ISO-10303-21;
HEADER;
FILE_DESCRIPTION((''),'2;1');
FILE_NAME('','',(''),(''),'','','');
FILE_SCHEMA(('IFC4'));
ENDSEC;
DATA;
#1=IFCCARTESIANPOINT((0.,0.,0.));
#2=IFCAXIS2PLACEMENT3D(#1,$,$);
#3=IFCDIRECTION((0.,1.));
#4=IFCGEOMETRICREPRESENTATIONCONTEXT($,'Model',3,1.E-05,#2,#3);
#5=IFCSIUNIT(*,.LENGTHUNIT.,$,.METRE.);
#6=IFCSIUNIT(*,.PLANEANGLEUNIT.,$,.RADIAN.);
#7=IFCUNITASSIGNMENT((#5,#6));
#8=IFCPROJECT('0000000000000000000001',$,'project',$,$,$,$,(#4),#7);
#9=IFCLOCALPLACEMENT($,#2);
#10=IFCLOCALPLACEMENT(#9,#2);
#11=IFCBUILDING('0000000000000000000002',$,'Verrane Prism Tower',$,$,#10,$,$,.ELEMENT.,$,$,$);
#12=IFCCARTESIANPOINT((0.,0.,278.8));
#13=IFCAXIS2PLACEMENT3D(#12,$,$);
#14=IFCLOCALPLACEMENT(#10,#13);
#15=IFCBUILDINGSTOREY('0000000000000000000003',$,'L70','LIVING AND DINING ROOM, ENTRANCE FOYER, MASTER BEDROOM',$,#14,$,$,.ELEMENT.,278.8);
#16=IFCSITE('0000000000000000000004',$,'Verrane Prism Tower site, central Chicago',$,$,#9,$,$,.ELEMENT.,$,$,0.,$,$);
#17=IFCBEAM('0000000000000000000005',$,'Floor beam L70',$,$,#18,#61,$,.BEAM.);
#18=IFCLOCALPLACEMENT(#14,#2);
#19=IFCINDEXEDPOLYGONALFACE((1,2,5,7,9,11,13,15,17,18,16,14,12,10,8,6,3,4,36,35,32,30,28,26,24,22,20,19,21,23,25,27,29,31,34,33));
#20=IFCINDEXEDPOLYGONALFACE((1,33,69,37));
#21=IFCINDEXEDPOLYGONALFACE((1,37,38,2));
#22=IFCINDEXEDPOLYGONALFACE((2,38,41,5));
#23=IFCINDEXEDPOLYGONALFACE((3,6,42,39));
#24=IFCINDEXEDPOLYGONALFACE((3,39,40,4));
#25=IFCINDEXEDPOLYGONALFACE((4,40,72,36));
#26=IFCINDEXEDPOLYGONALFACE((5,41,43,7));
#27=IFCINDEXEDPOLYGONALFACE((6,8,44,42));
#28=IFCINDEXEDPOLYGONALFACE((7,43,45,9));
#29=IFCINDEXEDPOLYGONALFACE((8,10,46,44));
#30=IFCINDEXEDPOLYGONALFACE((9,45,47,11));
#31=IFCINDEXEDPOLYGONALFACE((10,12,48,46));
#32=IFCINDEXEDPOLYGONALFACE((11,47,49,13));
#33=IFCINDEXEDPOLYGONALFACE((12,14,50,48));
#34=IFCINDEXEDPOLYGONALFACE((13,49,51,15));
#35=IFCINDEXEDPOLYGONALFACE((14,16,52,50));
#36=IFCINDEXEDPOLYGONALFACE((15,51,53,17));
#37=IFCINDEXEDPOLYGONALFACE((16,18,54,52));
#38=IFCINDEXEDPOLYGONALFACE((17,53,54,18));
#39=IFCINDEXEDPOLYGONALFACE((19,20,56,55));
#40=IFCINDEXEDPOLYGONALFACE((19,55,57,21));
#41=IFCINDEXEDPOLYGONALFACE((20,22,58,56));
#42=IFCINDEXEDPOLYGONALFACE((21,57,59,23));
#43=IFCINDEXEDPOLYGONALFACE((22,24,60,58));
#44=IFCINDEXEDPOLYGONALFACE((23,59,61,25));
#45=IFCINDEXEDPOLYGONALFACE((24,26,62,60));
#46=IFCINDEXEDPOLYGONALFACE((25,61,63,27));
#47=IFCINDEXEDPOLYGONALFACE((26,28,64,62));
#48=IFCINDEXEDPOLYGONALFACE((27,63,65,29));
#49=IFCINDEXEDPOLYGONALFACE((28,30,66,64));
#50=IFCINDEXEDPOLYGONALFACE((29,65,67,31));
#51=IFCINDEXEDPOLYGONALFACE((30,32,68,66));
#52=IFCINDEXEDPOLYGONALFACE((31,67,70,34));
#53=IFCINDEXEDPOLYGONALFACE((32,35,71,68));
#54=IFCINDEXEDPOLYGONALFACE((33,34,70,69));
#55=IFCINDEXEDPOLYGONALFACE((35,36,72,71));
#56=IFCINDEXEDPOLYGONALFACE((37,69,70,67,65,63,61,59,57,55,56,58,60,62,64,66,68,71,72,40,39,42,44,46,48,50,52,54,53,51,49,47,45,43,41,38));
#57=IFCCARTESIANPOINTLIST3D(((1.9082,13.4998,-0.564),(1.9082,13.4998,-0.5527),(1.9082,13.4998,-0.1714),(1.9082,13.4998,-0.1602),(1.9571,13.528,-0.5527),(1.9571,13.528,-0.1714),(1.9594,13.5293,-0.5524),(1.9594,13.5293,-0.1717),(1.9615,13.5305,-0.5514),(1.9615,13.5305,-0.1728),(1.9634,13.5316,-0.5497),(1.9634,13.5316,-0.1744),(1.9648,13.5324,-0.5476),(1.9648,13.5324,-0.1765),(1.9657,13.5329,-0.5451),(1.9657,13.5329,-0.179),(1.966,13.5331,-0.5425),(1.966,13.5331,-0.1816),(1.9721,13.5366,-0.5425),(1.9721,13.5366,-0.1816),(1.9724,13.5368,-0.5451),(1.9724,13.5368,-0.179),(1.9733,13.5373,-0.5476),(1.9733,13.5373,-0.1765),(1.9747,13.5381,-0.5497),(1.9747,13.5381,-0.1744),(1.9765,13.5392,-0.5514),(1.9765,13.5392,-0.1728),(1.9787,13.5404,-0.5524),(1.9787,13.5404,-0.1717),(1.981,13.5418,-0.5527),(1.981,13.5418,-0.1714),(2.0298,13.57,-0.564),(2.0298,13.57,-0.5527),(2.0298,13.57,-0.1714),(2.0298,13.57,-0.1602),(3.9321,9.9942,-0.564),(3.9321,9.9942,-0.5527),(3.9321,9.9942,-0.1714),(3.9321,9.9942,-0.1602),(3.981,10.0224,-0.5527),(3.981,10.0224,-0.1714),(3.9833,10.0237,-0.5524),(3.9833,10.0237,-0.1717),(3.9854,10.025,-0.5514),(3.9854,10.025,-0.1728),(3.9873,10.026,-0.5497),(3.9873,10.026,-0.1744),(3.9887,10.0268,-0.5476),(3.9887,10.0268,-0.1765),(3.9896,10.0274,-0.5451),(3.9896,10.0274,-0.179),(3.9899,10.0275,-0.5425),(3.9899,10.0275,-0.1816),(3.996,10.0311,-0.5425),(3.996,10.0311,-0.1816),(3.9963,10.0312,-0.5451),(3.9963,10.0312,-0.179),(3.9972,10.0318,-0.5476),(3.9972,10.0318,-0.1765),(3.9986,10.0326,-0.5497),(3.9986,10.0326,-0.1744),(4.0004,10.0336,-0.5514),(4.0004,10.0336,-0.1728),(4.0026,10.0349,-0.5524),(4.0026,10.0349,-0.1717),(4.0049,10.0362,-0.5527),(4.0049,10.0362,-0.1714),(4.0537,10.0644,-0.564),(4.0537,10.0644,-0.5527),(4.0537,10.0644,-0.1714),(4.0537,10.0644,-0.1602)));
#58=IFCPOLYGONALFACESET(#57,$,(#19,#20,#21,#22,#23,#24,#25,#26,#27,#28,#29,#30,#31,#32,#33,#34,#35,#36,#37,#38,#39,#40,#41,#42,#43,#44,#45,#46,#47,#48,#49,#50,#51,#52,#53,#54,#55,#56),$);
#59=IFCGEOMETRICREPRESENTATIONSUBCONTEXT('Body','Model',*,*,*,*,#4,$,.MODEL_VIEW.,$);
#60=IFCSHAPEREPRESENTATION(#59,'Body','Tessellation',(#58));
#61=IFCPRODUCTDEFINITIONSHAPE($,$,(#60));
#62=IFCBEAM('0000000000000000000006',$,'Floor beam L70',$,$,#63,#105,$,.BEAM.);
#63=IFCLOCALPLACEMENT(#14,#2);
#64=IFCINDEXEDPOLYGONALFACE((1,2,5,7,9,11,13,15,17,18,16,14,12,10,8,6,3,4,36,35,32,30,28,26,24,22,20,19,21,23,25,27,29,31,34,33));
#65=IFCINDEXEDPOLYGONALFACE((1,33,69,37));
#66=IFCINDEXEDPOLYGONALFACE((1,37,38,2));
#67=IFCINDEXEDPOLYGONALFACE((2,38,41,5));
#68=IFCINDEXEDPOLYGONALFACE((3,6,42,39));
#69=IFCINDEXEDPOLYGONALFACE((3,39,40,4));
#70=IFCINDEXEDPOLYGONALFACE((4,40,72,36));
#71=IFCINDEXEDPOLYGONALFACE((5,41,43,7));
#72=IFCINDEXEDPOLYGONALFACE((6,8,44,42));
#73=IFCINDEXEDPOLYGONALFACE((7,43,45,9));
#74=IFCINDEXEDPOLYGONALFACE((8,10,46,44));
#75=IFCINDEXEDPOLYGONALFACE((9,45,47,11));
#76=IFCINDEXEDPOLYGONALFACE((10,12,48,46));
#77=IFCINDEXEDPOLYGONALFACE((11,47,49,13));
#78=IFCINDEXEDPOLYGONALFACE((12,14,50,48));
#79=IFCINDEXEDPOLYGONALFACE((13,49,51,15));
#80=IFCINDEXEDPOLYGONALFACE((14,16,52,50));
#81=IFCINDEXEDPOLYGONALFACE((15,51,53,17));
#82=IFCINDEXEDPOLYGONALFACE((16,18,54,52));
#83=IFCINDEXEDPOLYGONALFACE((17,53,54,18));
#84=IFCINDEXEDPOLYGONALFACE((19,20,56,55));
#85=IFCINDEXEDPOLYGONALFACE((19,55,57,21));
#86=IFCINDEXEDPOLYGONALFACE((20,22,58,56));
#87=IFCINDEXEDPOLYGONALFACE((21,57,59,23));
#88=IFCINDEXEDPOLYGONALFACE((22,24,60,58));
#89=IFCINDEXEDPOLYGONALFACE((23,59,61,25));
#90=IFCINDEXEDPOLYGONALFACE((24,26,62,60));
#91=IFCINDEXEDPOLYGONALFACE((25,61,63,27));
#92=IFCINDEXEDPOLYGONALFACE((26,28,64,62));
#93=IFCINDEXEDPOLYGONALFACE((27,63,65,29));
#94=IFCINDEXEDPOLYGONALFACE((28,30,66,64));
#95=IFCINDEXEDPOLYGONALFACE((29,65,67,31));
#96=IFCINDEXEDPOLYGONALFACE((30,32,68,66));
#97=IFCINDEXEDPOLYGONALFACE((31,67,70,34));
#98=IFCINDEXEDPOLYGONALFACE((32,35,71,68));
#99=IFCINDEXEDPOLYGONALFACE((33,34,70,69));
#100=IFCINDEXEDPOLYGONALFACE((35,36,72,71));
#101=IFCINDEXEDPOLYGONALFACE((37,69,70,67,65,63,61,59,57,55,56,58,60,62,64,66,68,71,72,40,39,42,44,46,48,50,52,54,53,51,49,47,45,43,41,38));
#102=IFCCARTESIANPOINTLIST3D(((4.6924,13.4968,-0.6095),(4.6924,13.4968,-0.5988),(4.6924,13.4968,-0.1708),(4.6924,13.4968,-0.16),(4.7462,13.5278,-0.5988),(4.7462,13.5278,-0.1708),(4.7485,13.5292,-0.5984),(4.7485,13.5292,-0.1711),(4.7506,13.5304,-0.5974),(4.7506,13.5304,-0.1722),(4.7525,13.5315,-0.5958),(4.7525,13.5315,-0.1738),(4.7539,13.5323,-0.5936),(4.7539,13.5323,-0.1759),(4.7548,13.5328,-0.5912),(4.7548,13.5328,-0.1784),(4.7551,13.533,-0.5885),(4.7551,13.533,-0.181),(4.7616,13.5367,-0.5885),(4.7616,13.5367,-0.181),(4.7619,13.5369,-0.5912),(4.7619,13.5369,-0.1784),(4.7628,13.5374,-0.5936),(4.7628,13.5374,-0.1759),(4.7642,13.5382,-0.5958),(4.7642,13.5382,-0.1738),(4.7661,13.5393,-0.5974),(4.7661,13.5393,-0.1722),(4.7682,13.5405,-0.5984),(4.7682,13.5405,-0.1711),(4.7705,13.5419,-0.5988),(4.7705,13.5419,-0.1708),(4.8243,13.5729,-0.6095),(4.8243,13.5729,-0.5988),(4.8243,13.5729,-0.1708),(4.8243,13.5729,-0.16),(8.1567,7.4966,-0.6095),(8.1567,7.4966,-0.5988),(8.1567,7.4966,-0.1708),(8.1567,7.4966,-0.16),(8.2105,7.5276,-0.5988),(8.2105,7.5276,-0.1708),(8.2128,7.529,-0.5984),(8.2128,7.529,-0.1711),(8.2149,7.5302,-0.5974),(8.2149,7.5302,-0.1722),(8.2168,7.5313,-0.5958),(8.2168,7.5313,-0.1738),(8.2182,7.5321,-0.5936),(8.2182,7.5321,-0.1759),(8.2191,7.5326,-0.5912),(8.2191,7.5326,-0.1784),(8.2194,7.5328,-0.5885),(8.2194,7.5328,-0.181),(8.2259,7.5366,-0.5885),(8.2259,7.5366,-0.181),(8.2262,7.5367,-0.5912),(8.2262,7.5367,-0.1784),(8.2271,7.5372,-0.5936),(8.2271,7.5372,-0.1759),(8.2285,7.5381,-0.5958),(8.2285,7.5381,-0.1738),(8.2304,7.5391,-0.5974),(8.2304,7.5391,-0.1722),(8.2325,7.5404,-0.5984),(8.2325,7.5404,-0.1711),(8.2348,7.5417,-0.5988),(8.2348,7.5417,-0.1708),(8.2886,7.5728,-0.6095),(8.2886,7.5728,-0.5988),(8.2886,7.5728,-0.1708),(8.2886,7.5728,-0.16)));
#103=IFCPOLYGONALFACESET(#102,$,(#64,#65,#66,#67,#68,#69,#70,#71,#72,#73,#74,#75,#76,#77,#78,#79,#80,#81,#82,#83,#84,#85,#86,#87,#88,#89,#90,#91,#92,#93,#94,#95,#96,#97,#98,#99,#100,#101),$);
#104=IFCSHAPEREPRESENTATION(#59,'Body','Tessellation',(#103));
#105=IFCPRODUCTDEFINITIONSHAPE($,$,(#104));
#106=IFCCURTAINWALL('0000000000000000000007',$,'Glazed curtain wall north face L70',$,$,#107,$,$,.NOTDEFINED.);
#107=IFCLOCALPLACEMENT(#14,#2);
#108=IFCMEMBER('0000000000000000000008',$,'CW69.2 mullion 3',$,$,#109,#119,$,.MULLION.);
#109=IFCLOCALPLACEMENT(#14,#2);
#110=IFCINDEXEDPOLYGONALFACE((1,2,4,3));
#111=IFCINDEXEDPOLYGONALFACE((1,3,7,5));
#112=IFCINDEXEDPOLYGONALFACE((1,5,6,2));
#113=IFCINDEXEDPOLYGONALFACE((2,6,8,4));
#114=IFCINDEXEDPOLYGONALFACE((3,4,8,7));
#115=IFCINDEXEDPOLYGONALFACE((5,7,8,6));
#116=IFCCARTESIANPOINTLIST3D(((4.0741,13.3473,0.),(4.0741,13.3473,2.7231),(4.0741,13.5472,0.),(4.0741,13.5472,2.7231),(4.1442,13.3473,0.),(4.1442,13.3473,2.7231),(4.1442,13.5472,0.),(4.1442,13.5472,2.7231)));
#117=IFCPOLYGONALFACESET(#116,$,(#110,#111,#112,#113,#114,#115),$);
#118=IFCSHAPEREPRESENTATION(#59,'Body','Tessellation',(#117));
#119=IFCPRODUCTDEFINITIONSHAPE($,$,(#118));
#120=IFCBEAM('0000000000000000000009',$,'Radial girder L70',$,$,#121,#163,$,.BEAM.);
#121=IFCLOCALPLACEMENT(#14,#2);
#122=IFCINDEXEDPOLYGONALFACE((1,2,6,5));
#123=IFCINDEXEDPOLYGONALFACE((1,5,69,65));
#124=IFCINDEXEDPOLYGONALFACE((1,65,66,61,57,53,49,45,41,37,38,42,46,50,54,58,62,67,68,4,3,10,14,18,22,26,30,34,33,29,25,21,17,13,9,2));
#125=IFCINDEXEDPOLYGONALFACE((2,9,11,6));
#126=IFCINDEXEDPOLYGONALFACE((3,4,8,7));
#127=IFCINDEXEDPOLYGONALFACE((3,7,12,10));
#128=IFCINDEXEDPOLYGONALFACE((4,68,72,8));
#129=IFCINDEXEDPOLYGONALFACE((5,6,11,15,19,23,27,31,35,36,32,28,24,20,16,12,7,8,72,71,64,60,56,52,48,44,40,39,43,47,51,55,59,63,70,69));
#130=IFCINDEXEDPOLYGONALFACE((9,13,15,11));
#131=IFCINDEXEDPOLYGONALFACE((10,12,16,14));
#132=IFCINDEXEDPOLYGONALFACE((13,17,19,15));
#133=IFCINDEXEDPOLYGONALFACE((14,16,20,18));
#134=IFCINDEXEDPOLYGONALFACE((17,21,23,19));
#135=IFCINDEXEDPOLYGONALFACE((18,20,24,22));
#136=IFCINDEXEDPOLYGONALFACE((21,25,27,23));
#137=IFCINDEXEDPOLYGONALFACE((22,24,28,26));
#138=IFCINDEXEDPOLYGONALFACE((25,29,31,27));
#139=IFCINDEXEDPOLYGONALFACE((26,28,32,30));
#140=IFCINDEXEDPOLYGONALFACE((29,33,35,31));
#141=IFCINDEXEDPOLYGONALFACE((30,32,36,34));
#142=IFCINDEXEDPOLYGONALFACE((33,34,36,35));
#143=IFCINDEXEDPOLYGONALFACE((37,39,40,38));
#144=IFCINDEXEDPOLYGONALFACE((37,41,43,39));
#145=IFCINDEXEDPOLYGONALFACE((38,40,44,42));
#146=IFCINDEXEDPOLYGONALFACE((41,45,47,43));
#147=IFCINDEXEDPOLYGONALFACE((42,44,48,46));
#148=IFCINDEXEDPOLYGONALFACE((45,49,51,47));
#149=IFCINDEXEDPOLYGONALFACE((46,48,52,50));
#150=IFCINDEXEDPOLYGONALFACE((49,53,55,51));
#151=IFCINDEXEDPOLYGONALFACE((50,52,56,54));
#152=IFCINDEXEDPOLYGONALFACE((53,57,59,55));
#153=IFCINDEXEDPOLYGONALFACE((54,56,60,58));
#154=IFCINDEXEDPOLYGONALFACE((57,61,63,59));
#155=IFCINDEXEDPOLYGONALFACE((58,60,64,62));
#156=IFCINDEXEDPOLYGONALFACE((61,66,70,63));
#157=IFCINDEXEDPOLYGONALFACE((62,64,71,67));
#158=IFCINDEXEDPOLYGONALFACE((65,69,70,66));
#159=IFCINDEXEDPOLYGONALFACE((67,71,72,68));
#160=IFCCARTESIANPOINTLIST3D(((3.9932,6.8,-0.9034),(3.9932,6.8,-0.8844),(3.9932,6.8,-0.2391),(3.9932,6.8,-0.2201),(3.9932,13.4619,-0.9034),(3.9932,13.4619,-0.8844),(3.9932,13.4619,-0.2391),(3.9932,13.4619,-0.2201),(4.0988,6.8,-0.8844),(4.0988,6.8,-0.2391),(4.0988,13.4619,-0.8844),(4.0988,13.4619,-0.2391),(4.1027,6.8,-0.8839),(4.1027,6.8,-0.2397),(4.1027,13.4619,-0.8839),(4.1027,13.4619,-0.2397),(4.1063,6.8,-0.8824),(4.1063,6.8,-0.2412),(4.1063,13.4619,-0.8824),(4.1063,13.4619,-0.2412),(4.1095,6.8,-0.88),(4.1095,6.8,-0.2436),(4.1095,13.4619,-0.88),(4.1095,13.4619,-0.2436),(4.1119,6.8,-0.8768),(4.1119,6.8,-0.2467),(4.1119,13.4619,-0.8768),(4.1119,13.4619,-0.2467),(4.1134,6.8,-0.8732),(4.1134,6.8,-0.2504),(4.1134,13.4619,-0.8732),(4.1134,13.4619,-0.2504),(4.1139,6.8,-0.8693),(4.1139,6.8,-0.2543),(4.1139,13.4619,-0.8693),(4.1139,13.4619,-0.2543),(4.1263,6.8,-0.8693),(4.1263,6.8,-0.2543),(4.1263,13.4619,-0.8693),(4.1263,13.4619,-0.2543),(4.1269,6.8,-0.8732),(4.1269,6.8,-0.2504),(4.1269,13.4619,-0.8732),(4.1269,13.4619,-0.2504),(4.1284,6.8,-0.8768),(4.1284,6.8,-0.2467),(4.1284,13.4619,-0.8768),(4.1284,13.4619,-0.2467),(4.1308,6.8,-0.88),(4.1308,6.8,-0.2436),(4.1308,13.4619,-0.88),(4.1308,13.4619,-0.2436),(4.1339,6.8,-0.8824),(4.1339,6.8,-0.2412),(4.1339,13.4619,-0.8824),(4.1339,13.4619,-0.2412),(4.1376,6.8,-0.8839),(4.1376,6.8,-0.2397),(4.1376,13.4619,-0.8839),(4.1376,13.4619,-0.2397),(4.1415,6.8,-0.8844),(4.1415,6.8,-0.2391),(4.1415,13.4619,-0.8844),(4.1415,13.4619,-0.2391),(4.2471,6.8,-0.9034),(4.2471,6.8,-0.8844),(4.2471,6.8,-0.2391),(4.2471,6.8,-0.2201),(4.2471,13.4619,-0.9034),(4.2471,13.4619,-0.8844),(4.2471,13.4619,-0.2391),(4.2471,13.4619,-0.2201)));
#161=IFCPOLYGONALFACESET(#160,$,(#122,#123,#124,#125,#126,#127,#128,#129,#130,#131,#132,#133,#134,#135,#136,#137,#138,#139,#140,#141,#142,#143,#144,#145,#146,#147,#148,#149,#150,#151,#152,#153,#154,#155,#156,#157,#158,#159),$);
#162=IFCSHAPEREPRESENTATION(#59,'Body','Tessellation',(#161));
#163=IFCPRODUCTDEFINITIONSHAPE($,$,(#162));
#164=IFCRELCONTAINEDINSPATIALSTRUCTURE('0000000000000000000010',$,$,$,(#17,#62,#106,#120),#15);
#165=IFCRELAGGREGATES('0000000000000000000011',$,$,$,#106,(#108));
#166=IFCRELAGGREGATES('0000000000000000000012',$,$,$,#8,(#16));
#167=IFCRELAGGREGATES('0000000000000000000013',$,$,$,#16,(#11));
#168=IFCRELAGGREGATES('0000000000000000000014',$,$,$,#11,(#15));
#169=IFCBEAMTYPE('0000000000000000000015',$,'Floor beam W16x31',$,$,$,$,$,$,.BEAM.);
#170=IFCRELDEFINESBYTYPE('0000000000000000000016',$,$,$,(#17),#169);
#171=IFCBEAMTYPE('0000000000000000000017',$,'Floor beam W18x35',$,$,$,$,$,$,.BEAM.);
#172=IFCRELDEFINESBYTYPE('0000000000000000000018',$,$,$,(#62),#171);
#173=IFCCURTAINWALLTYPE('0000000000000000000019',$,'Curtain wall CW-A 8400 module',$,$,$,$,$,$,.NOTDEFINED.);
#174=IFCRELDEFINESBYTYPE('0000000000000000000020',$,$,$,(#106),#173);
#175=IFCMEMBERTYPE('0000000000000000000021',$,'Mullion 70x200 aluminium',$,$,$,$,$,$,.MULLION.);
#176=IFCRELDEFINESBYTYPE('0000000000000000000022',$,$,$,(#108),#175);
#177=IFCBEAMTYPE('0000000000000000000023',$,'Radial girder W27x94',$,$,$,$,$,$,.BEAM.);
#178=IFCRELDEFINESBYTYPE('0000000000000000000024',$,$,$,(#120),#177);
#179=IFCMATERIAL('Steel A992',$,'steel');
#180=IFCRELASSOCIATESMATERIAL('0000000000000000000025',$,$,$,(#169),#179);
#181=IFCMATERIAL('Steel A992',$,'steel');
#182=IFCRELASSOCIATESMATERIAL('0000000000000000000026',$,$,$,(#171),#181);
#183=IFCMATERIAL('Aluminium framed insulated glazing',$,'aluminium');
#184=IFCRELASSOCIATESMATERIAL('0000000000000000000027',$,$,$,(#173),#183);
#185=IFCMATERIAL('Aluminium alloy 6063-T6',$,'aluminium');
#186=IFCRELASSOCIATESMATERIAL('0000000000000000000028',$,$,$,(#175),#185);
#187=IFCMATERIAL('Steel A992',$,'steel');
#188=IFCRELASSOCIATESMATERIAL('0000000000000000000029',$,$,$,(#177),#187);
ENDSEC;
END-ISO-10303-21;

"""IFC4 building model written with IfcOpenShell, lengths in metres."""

from ifc_helpers import new_model, si_unit, direction, frame, origin, origin_2d, place, context, subcontext, project, spatial, rectangle, i_section, extrude, material, material_profile, profile_set, type_object, element, aggregate, save


model = new_model("IFC4")

# Units and contexts
model_context = context("Model", 3, precision=1e-05, world=origin(), true_north=direction((0.0, 1.0)))
body_context = subcontext(model_context, "Body", "Model", "MODEL_VIEW")
ifc_project = project(units=[si_unit("LENGTHUNIT", "METRE"), si_unit("PLANEANGLEUNIT", "RADIAN")], contexts=[model_context])

# Site, building, storey
site_placement = place(None, origin())
site = spatial("IfcSite", under=ifc_project, at=site_placement, Name="Verrane Prism Tower site, central Chicago", CompositionType="ELEMENT", RefElevation=0.0)
building_placement = place(site_placement, origin())
building = spatial("IfcBuilding", under=site, at=building_placement, Name="Verrane Prism Tower", CompositionType="ELEMENT")
storey_placement = place(building_placement, frame((0.0, 0.0, 278.8)))
storey = spatial("IfcBuildingStorey", under=building, at=storey_placement, Name="L70", Description="LIVING AND DINING ROOM, ENTRANCE FOYER, MASTER BEDROOM", CompositionType="ELEMENT", Elevation=278.8)

# Beams
ifc_material_1 = material(Name="Steel A992", Category="steel")
ifc_material_profile_1 = material_profile(ifc_material_1, i_section(OverallWidth=0.1404, OverallDepth=0.4038, WebThickness=0.0071, FlangeThickness=0.0112, FilletRadius=0.0103, at=origin_2d()), Name="W16x31")
ifc_profile_set_1 = profile_set([ifc_material_profile_1], Name="Steel A992")
beam_type_1 = type_object("IfcBeamType", Name="Floor beam W16x31", PredefinedType="BEAM", material=ifc_profile_set_1)
beam_1_placement = place(storey_placement, frame((3.9929, 10.0293, -0.3621), z_axis=(-0.499992, 0.86603, 0.0), x_axis=(-0.86603, -0.499992, 0.0)))
element("IfcBeam", 1, at=beam_1_placement, inside=storey, type_object=beam_type_1, Name="Floor beam L70", PredefinedType="BEAM", context=body_context, shape_type="SweptSolid", body=[
    extrude(i_section(OverallWidth=0.1404, OverallDepth=0.4038, WebThickness=0.0071, FlangeThickness=0.0112, FilletRadius=0.0103, at=origin_2d()), origin(), (0.0, 0.0, 1.0), 4.0479),
])
ifc_material_2 = material(Name="Steel A992", Category="steel")
ifc_material_profile_2 = material_profile(ifc_material_2, i_section(OverallWidth=0.1523, OverallDepth=0.4495, WebThickness=0.0076, FlangeThickness=0.0107, FilletRadius=0.0103, at=origin_2d()), Name="W18x35")
ifc_profile_set_2 = profile_set([ifc_material_profile_2], Name="Steel A992")
beam_type_2 = type_object("IfcBeamType", Name="Floor beam W18x35", PredefinedType="BEAM", material=ifc_profile_set_2)
beam_2_placement = place(storey_placement, frame((8.2227, 7.5347, -0.3848), z_axis=(-0.500012, 0.866018, 0.0), x_axis=(-0.866018, -0.500012, 0.0)))
element("IfcBeam", 2, at=beam_2_placement, inside=storey, type_object=beam_type_2, Name="Floor beam L70", PredefinedType="BEAM", context=body_context, shape_type="SweptSolid", body=[
    extrude(i_section(OverallWidth=0.1523, OverallDepth=0.4495, WebThickness=0.0076, FlangeThickness=0.0107, FilletRadius=0.0103, at=origin_2d()), origin(), (0.0, 0.0, 1.0), 6.9285),
])

# Curtain wall, member
ifc_material_3 = material(Name="Aluminium framed insulated glazing", Category="aluminium")
curtain_wall_type = type_object("IfcCurtainWallType", Name="Curtain wall CW-A 8400 module", PredefinedType="NOTDEFINED", material=ifc_material_3)
curtain_wall_placement = place(storey_placement, origin())
curtain_wall = element("IfcCurtainWall", 3, at=curtain_wall_placement, inside=storey, type_object=curtain_wall_type, Name="Glazed curtain wall north face L70", PredefinedType="NOTDEFINED")
ifc_material_4 = material(Name="Aluminium alloy 6063-T6", Category="aluminium")
ifc_material_profile_3 = material_profile(ifc_material_4, rectangle(XDim=0.2, YDim=0.0701, at=origin_2d()), Name="Mullion 70x200 aluminium")
ifc_profile_set_3 = profile_set([ifc_material_profile_3], Name="Aluminium alloy 6063-T6")
member_type_1 = type_object("IfcMemberType", Name="Mullion 70x200 aluminium", PredefinedType="MULLION", material=ifc_profile_set_3)
member_1_placement = place(storey_placement, frame((4.1091, 13.4473, 0.0), z_axis=(0.0, 0.0, 1.0), x_axis=(0.0, -1.0, 0.0)))
member_1 = element("IfcMember", 4, at=member_1_placement, type_object=member_type_1, Name="CW69.2 mullion 3", PredefinedType="MULLION", context=body_context, shape_type="SweptSolid", body=[
    extrude(rectangle(XDim=0.2, YDim=0.0701, at=origin_2d()), origin(), (0.0, 0.0, 1.0), 2.7231),
])

# Beam
ifc_material_5 = material(Name="Steel A992", Category="steel")
ifc_material_profile_4 = material_profile(ifc_material_5, i_section(OverallWidth=0.2539, OverallDepth=0.6833, WebThickness=0.0125, FlangeThickness=0.019, FilletRadius=0.0151, at=origin_2d()), Name="W27x94")
ifc_profile_set_4 = profile_set([ifc_material_profile_4], Name="Steel A992")
beam_type_3 = type_object("IfcBeamType", Name="Radial girder W27x94", PredefinedType="BEAM", material=ifc_profile_set_4)
beam_3_placement = place(storey_placement, frame((4.1201, 13.4619, -0.5618), z_axis=(0.0, -1.0, 0.0), x_axis=(1.0, 0.0, 0.0)))
element("IfcBeam", 5, at=beam_3_placement, inside=storey, type_object=beam_type_3, Name="Radial girder L70", PredefinedType="BEAM", context=body_context, shape_type="SweptSolid", body=[
    extrude(i_section(OverallWidth=0.2539, OverallDepth=0.6833, WebThickness=0.0125, FlangeThickness=0.019, FilletRadius=0.0151, at=origin_2d()), origin(), (0.0, 0.0, 1.0), 6.6619),
])

aggregate(curtain_wall, [member_1])

save(model, "model.ifc")
